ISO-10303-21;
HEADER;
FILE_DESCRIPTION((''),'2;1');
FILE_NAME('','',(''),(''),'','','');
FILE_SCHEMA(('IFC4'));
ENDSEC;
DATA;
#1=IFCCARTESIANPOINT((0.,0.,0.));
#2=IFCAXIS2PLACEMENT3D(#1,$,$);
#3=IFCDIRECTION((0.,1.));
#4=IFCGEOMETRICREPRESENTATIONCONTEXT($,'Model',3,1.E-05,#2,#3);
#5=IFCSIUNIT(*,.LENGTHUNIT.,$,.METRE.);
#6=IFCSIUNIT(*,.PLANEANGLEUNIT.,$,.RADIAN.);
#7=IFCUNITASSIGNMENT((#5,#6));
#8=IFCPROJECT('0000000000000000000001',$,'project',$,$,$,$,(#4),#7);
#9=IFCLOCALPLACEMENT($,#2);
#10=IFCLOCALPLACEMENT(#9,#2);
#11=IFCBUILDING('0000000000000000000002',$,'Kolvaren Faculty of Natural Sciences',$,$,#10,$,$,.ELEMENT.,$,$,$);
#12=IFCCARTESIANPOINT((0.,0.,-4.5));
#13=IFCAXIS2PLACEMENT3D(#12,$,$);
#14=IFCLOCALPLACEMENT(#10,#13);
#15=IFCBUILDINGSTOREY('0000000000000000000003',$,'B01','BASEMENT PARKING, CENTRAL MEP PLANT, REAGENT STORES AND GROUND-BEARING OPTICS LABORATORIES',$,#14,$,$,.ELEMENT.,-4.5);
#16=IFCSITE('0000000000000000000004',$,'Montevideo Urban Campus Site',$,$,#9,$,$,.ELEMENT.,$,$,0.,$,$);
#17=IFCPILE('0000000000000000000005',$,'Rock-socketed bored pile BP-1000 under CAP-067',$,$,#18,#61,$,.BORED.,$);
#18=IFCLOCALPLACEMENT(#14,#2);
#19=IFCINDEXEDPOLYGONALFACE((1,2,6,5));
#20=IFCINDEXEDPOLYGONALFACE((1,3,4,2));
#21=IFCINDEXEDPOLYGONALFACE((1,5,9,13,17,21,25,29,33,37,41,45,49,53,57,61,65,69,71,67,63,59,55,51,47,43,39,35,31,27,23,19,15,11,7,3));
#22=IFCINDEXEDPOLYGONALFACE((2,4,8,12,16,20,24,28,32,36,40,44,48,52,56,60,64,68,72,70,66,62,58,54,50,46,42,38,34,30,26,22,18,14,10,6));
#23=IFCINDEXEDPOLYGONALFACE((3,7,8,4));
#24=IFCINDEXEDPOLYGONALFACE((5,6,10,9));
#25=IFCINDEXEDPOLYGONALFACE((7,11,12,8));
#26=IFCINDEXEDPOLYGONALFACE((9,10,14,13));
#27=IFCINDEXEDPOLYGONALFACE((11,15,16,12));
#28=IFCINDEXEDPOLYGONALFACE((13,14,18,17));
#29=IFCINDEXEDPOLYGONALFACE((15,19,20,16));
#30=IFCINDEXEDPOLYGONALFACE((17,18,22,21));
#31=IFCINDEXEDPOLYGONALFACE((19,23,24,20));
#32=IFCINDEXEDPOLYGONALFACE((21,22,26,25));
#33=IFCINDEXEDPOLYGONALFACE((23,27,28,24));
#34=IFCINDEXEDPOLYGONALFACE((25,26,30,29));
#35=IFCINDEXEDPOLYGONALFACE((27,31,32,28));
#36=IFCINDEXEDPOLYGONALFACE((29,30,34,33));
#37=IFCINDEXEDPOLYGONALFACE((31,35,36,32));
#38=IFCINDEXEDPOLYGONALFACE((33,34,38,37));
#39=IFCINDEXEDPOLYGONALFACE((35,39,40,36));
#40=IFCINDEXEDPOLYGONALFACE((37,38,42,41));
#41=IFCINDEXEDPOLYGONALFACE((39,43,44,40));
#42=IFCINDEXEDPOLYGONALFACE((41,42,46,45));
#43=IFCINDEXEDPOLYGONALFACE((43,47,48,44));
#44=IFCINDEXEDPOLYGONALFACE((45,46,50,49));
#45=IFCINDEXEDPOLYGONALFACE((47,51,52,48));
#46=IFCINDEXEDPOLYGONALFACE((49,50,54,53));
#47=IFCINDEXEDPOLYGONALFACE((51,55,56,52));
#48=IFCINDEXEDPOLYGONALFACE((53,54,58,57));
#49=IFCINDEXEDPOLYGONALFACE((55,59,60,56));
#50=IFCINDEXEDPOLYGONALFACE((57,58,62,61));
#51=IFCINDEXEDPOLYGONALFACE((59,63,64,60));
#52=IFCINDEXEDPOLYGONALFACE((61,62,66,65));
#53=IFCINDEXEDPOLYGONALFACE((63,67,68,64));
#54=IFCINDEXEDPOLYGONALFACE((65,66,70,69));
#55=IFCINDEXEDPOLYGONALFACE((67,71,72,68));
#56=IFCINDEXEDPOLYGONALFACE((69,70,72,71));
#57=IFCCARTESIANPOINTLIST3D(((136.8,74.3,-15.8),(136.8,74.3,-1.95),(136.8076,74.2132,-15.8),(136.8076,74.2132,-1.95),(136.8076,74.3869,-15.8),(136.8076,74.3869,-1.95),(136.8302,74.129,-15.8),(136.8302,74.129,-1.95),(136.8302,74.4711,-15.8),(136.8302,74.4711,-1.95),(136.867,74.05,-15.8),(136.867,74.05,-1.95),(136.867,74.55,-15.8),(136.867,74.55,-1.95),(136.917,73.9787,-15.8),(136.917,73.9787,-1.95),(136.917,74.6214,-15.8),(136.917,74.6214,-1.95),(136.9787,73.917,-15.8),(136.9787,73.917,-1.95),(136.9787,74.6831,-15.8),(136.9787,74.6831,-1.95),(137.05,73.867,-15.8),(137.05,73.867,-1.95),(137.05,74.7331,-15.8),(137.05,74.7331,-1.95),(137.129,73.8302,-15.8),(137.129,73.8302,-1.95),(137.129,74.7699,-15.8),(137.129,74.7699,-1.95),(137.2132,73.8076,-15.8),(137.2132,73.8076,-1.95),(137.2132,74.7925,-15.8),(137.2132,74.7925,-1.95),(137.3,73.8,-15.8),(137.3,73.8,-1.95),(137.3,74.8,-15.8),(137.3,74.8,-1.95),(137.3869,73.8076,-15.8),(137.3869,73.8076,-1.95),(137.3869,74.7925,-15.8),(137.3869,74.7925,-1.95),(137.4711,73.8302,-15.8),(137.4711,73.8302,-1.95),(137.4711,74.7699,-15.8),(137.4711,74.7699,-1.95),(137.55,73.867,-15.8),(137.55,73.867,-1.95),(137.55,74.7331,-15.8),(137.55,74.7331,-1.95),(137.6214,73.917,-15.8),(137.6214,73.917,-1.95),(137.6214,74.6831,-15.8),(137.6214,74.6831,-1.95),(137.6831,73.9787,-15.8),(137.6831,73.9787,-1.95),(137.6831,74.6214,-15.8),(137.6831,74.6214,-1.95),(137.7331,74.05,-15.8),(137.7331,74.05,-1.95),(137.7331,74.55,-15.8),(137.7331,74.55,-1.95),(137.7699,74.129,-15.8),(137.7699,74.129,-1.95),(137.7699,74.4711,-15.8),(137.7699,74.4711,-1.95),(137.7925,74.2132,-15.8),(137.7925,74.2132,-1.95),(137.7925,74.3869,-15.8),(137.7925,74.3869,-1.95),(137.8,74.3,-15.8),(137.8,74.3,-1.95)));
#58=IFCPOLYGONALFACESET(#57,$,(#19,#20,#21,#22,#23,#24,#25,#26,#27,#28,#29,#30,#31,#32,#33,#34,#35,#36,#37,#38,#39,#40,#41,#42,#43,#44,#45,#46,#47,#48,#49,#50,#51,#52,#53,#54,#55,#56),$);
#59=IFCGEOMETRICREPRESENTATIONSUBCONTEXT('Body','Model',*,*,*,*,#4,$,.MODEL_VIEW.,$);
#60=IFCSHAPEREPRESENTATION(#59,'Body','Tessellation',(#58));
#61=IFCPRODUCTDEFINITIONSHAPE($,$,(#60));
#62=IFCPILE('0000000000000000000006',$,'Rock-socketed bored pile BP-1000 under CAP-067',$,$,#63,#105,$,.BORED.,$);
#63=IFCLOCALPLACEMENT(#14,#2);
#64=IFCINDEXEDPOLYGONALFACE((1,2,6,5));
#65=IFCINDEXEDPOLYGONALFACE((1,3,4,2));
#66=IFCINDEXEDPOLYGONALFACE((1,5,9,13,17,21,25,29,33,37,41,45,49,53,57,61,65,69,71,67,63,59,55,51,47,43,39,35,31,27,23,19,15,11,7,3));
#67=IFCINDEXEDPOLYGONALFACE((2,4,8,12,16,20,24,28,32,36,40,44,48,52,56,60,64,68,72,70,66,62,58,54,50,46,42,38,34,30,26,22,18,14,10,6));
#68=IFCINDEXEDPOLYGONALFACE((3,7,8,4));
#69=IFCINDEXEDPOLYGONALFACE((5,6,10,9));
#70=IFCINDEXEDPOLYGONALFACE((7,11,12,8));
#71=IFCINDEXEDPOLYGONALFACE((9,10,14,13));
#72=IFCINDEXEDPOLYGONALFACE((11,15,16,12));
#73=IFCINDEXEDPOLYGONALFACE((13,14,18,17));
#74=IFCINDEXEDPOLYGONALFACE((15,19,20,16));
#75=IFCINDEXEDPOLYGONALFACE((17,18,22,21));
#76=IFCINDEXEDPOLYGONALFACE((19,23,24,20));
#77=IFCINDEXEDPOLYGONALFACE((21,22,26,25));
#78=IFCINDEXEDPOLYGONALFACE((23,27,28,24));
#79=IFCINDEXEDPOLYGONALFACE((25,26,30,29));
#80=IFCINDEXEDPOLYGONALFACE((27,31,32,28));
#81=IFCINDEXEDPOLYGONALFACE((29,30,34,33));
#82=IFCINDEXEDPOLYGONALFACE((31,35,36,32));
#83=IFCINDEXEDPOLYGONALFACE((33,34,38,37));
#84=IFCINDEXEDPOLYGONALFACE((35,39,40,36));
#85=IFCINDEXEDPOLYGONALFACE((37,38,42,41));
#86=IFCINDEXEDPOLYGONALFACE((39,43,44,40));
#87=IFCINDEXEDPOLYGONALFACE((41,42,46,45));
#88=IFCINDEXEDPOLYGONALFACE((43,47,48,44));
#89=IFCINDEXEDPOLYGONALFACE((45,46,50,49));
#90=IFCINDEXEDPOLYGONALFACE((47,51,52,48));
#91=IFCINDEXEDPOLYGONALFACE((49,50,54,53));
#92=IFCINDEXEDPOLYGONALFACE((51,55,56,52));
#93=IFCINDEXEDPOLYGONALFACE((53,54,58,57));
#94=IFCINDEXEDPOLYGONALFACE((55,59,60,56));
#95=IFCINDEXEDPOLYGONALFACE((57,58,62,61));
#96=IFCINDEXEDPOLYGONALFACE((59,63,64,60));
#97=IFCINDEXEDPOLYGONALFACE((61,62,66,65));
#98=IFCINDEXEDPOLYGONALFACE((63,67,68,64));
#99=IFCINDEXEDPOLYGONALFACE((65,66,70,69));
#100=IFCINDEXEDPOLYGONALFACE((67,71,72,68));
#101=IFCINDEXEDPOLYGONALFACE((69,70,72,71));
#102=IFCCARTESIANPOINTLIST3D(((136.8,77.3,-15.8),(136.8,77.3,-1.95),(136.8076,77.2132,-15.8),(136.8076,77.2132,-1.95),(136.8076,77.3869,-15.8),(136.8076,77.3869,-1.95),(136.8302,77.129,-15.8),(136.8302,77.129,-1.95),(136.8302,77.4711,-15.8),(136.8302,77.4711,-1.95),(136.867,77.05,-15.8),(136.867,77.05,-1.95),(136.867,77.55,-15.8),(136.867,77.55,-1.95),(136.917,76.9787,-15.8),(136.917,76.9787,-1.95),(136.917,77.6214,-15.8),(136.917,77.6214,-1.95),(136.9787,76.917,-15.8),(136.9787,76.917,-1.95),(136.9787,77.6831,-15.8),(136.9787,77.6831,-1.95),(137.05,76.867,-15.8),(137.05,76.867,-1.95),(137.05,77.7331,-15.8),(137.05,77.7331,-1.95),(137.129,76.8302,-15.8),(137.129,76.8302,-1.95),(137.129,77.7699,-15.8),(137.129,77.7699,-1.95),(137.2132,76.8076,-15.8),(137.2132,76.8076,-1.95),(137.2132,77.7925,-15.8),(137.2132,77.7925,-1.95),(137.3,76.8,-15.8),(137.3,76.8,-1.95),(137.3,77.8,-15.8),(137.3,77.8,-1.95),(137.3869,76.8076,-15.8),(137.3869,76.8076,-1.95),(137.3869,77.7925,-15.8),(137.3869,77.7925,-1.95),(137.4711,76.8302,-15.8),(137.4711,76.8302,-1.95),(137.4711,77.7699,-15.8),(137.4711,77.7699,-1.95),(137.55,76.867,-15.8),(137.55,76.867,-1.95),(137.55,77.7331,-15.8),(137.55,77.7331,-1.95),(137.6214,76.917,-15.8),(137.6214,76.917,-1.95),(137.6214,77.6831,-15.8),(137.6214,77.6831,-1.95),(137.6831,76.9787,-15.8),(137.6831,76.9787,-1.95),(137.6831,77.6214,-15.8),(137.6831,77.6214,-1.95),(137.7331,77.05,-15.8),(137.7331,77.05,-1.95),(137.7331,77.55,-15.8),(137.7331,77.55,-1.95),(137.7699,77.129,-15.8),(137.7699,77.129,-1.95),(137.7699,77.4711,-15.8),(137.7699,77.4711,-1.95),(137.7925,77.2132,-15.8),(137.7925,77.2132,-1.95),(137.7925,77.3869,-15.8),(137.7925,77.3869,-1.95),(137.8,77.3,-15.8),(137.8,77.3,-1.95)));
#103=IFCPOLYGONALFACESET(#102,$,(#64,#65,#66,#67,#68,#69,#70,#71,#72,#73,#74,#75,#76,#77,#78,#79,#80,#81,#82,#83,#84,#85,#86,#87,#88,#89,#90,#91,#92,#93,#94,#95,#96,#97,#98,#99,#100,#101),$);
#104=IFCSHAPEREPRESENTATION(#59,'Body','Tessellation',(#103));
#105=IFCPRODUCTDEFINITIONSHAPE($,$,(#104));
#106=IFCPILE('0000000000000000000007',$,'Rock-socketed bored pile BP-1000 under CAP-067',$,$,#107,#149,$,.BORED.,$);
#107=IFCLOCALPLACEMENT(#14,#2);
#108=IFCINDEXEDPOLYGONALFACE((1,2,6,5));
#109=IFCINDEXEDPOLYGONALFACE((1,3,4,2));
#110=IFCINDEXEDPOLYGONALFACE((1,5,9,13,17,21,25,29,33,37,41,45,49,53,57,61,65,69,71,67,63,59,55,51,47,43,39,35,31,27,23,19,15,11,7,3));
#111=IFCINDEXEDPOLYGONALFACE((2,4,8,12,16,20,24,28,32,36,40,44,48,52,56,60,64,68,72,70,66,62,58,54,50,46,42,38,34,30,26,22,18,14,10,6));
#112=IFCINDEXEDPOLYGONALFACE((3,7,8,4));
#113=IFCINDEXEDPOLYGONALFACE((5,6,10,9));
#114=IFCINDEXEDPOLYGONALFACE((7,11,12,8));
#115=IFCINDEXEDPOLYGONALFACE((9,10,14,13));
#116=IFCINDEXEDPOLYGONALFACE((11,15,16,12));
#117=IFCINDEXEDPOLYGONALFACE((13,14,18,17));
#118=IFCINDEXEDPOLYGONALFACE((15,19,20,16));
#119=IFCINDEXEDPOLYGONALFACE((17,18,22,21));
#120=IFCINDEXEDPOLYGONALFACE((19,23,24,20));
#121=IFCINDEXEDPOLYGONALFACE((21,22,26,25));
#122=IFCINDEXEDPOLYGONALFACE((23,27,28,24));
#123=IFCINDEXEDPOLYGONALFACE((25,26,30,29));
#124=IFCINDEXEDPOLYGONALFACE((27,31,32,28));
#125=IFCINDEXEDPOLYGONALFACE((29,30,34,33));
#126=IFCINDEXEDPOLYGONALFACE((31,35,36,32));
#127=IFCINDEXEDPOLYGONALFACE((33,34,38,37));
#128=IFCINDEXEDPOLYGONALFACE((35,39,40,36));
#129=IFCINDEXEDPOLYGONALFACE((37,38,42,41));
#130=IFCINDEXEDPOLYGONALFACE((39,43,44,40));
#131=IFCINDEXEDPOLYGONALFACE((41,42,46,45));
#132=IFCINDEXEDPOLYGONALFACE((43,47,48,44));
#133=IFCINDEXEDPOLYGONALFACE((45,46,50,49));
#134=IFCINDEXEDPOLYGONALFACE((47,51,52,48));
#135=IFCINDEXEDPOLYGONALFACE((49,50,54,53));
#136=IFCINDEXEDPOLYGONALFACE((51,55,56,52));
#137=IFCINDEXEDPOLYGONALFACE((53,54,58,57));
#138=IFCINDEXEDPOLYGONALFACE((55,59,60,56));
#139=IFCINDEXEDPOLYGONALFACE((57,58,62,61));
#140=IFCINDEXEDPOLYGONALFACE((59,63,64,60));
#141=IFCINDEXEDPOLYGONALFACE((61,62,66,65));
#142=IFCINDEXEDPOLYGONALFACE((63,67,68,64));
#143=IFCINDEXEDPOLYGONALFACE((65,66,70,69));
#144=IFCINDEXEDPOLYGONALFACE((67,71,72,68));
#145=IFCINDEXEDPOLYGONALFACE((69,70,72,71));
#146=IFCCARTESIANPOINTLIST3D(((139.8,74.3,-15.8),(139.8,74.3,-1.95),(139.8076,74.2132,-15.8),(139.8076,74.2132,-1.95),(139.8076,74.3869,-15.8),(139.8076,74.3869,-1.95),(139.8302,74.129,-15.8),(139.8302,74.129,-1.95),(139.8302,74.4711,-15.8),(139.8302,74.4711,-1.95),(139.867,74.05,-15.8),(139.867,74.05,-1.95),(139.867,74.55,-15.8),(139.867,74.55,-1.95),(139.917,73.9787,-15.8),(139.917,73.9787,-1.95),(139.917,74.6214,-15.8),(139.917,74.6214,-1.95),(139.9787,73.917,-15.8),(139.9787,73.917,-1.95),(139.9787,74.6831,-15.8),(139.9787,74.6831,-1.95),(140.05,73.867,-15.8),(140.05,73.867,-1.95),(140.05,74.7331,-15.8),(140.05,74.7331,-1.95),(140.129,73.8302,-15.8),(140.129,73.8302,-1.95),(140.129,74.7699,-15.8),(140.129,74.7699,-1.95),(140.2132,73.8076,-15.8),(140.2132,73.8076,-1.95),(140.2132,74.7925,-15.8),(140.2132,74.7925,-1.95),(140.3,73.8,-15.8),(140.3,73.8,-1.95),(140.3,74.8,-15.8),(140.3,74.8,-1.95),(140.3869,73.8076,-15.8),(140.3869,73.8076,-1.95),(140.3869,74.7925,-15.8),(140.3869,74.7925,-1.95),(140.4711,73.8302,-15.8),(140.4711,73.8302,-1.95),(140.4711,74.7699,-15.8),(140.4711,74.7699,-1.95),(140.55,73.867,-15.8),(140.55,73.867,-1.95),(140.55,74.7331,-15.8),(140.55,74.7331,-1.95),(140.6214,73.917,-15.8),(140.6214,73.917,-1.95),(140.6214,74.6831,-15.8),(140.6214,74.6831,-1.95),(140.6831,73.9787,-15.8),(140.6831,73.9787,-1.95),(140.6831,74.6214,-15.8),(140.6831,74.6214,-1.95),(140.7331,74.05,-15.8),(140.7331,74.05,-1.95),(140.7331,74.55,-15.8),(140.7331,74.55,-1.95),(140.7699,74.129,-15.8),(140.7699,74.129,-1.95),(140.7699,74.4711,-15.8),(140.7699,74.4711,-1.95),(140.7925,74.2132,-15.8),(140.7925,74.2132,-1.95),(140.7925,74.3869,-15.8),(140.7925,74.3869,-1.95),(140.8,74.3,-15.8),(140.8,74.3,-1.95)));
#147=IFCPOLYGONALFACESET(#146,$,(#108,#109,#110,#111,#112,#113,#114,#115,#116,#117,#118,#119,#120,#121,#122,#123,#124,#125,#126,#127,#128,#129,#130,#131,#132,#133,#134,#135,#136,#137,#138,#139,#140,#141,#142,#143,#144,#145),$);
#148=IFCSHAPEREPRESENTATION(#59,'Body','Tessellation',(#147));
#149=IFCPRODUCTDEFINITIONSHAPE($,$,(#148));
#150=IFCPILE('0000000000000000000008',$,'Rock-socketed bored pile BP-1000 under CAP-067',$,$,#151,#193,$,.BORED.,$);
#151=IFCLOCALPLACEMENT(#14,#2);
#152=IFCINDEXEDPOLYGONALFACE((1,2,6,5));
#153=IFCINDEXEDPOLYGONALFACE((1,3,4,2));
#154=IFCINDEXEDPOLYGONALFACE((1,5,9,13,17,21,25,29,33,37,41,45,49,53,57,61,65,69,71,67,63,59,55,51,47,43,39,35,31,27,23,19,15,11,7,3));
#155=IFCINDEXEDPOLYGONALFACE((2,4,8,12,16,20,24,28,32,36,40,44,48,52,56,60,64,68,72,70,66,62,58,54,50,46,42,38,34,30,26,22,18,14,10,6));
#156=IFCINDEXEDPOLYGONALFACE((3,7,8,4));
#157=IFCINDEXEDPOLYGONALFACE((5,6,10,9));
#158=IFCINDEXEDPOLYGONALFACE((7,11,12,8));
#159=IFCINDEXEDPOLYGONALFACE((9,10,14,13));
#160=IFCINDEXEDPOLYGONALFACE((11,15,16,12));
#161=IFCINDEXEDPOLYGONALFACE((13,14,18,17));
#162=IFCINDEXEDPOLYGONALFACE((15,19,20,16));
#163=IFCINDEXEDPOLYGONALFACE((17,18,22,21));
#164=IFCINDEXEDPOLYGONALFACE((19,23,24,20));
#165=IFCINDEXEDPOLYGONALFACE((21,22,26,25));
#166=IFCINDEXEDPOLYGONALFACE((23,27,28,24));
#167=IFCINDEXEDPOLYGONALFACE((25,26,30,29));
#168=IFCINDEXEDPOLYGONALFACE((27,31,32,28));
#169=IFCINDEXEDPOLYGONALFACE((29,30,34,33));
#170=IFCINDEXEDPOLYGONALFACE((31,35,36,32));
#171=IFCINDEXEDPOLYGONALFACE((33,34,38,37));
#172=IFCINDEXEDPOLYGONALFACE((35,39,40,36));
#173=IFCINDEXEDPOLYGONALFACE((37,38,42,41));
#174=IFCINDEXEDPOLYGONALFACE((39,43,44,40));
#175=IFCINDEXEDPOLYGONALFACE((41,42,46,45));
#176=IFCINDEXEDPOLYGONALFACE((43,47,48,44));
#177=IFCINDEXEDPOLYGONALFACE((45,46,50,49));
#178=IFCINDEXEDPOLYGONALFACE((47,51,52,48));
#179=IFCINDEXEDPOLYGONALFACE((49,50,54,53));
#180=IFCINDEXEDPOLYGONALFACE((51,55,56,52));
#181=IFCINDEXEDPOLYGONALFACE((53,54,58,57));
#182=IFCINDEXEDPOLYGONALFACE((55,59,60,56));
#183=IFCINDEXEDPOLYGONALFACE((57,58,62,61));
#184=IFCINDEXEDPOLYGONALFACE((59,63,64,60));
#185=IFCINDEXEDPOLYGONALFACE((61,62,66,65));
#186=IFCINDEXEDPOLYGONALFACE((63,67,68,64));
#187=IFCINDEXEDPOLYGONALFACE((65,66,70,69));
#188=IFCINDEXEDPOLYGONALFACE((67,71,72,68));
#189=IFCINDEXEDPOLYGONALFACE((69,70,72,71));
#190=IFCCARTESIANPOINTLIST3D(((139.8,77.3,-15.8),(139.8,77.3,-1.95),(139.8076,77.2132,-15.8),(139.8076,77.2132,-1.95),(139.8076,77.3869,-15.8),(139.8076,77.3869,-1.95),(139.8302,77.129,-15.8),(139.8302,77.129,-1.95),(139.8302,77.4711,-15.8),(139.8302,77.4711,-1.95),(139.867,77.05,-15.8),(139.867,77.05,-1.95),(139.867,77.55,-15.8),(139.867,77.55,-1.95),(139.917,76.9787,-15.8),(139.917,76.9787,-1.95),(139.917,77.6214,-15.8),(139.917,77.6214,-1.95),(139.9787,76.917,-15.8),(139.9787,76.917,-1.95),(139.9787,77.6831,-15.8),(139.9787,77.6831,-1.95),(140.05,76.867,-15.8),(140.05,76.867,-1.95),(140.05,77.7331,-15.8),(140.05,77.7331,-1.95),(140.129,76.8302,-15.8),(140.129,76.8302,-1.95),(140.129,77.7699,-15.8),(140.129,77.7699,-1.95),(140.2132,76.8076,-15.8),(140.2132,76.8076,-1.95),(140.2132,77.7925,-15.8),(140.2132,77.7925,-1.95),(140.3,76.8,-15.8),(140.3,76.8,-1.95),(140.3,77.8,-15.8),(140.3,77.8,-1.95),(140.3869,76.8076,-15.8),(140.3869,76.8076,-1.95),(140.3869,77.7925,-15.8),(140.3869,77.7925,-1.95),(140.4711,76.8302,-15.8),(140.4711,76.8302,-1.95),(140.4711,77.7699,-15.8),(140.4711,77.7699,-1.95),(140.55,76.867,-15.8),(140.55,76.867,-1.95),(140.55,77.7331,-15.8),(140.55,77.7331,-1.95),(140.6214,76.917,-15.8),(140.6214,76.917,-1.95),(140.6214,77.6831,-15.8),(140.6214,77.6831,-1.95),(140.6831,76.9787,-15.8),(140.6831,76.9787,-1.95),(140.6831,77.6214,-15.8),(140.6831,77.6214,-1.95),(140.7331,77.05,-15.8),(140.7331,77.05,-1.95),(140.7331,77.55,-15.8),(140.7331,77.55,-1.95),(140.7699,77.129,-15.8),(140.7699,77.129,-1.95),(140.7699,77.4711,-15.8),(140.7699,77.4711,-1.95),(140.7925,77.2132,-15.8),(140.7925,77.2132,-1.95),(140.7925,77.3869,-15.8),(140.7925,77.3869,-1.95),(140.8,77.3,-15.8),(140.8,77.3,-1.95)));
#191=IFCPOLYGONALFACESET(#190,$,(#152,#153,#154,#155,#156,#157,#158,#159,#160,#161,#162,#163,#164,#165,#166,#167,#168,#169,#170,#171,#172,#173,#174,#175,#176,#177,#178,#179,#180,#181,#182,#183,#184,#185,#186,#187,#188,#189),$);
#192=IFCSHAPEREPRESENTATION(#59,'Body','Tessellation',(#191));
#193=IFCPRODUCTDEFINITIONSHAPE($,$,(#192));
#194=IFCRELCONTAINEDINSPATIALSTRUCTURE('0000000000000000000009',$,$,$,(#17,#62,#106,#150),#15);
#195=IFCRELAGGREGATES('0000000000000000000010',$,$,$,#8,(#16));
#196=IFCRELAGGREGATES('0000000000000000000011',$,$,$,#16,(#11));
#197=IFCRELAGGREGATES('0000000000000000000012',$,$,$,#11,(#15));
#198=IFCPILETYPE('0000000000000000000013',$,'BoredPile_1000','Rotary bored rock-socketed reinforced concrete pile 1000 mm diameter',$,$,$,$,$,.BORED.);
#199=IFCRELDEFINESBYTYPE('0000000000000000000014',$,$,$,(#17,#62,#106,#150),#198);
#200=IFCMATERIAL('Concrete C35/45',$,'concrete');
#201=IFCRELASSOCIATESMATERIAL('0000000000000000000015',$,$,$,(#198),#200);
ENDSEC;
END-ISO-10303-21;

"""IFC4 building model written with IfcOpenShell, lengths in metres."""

from ifc_helpers import new_model, si_unit, direction, frame, origin, origin_2d, place, context, subcontext, project, spatial, circle, extrude, material, material_profile, profile_set, type_object, element, save


model = new_model("IFC4")

# Units and contexts
model_context = context("Model", 3, precision=1e-05, world=origin(), true_north=direction((0.0, 1.0)))
body_context = subcontext(model_context, "Body", "Model", "MODEL_VIEW")
ifc_project = project(units=[si_unit("LENGTHUNIT", "METRE"), si_unit("PLANEANGLEUNIT", "RADIAN")], contexts=[model_context])

# Site, building, storey
site_placement = place(None, origin())
site = spatial("IfcSite", under=ifc_project, at=site_placement, Name="Montevideo Urban Campus Site", CompositionType="ELEMENT", RefElevation=0.0)
building_placement = place(site_placement, origin())
building = spatial("IfcBuilding", under=site, at=building_placement, Name="Kolvaren Faculty of Natural Sciences", CompositionType="ELEMENT")
storey_placement = place(building_placement, frame((0.0, 0.0, -4.5)))
storey = spatial("IfcBuildingStorey", under=building, at=storey_placement, Name="B01", Description="BASEMENT PARKING, CENTRAL MEP PLANT, REAGENT STORES AND GROUND-BEARING OPTICS LABORATORIES", CompositionType="ELEMENT", Elevation=-4.5)

# Piles
ifc_material_1 = material(Name="Concrete C35/45", Category="concrete")
ifc_material_profile_1 = material_profile(ifc_material_1, circle(Radius=0.5, at=origin_2d()), Name="PILE D1000")
ifc_profile_set_1 = profile_set([ifc_material_profile_1], Name="Concrete C35/45")
pile_type = type_object("IfcPileType", Name="BoredPile_1000", Description="Rotary bored rock-socketed reinforced concrete pile 1000 mm diameter", PredefinedType="BORED", material=ifc_profile_set_1)
for number, where, z_axis, x_axis, name in (
    (1, (137.3, 74.3, -1.95), (0.0, 0.0, -1.0), (1.0, 0.0, 0.0), "Rock-socketed bored pile BP-1000 under CAP-067"),
    (2, (137.3, 77.3, -1.95), (0.0, 0.0, -1.0), (1.0, 0.0, 0.0), "Rock-socketed bored pile BP-1000 under CAP-067"),
    (3, (140.3, 74.3, -1.95), (0.0, 0.0, -1.0), (1.0, 0.0, 0.0), "Rock-socketed bored pile BP-1000 under CAP-067"),
    (4, (140.3, 77.3, -1.95), (0.0, 0.0, -1.0), (1.0, 0.0, 0.0), "Rock-socketed bored pile BP-1000 under CAP-067"),
):
    element("IfcPile", number, at=place(storey_placement, frame(where, z_axis=z_axis, x_axis=x_axis)), inside=storey, type_object=pile_type, Name=name, PredefinedType="BORED", context=body_context, shape_type="SweptSolid", body=[
        extrude(circle(Radius=0.5, at=origin_2d()), origin(), (0.0, 0.0, 1.0), 13.8501),
    ])

save(model, "model.ifc")
